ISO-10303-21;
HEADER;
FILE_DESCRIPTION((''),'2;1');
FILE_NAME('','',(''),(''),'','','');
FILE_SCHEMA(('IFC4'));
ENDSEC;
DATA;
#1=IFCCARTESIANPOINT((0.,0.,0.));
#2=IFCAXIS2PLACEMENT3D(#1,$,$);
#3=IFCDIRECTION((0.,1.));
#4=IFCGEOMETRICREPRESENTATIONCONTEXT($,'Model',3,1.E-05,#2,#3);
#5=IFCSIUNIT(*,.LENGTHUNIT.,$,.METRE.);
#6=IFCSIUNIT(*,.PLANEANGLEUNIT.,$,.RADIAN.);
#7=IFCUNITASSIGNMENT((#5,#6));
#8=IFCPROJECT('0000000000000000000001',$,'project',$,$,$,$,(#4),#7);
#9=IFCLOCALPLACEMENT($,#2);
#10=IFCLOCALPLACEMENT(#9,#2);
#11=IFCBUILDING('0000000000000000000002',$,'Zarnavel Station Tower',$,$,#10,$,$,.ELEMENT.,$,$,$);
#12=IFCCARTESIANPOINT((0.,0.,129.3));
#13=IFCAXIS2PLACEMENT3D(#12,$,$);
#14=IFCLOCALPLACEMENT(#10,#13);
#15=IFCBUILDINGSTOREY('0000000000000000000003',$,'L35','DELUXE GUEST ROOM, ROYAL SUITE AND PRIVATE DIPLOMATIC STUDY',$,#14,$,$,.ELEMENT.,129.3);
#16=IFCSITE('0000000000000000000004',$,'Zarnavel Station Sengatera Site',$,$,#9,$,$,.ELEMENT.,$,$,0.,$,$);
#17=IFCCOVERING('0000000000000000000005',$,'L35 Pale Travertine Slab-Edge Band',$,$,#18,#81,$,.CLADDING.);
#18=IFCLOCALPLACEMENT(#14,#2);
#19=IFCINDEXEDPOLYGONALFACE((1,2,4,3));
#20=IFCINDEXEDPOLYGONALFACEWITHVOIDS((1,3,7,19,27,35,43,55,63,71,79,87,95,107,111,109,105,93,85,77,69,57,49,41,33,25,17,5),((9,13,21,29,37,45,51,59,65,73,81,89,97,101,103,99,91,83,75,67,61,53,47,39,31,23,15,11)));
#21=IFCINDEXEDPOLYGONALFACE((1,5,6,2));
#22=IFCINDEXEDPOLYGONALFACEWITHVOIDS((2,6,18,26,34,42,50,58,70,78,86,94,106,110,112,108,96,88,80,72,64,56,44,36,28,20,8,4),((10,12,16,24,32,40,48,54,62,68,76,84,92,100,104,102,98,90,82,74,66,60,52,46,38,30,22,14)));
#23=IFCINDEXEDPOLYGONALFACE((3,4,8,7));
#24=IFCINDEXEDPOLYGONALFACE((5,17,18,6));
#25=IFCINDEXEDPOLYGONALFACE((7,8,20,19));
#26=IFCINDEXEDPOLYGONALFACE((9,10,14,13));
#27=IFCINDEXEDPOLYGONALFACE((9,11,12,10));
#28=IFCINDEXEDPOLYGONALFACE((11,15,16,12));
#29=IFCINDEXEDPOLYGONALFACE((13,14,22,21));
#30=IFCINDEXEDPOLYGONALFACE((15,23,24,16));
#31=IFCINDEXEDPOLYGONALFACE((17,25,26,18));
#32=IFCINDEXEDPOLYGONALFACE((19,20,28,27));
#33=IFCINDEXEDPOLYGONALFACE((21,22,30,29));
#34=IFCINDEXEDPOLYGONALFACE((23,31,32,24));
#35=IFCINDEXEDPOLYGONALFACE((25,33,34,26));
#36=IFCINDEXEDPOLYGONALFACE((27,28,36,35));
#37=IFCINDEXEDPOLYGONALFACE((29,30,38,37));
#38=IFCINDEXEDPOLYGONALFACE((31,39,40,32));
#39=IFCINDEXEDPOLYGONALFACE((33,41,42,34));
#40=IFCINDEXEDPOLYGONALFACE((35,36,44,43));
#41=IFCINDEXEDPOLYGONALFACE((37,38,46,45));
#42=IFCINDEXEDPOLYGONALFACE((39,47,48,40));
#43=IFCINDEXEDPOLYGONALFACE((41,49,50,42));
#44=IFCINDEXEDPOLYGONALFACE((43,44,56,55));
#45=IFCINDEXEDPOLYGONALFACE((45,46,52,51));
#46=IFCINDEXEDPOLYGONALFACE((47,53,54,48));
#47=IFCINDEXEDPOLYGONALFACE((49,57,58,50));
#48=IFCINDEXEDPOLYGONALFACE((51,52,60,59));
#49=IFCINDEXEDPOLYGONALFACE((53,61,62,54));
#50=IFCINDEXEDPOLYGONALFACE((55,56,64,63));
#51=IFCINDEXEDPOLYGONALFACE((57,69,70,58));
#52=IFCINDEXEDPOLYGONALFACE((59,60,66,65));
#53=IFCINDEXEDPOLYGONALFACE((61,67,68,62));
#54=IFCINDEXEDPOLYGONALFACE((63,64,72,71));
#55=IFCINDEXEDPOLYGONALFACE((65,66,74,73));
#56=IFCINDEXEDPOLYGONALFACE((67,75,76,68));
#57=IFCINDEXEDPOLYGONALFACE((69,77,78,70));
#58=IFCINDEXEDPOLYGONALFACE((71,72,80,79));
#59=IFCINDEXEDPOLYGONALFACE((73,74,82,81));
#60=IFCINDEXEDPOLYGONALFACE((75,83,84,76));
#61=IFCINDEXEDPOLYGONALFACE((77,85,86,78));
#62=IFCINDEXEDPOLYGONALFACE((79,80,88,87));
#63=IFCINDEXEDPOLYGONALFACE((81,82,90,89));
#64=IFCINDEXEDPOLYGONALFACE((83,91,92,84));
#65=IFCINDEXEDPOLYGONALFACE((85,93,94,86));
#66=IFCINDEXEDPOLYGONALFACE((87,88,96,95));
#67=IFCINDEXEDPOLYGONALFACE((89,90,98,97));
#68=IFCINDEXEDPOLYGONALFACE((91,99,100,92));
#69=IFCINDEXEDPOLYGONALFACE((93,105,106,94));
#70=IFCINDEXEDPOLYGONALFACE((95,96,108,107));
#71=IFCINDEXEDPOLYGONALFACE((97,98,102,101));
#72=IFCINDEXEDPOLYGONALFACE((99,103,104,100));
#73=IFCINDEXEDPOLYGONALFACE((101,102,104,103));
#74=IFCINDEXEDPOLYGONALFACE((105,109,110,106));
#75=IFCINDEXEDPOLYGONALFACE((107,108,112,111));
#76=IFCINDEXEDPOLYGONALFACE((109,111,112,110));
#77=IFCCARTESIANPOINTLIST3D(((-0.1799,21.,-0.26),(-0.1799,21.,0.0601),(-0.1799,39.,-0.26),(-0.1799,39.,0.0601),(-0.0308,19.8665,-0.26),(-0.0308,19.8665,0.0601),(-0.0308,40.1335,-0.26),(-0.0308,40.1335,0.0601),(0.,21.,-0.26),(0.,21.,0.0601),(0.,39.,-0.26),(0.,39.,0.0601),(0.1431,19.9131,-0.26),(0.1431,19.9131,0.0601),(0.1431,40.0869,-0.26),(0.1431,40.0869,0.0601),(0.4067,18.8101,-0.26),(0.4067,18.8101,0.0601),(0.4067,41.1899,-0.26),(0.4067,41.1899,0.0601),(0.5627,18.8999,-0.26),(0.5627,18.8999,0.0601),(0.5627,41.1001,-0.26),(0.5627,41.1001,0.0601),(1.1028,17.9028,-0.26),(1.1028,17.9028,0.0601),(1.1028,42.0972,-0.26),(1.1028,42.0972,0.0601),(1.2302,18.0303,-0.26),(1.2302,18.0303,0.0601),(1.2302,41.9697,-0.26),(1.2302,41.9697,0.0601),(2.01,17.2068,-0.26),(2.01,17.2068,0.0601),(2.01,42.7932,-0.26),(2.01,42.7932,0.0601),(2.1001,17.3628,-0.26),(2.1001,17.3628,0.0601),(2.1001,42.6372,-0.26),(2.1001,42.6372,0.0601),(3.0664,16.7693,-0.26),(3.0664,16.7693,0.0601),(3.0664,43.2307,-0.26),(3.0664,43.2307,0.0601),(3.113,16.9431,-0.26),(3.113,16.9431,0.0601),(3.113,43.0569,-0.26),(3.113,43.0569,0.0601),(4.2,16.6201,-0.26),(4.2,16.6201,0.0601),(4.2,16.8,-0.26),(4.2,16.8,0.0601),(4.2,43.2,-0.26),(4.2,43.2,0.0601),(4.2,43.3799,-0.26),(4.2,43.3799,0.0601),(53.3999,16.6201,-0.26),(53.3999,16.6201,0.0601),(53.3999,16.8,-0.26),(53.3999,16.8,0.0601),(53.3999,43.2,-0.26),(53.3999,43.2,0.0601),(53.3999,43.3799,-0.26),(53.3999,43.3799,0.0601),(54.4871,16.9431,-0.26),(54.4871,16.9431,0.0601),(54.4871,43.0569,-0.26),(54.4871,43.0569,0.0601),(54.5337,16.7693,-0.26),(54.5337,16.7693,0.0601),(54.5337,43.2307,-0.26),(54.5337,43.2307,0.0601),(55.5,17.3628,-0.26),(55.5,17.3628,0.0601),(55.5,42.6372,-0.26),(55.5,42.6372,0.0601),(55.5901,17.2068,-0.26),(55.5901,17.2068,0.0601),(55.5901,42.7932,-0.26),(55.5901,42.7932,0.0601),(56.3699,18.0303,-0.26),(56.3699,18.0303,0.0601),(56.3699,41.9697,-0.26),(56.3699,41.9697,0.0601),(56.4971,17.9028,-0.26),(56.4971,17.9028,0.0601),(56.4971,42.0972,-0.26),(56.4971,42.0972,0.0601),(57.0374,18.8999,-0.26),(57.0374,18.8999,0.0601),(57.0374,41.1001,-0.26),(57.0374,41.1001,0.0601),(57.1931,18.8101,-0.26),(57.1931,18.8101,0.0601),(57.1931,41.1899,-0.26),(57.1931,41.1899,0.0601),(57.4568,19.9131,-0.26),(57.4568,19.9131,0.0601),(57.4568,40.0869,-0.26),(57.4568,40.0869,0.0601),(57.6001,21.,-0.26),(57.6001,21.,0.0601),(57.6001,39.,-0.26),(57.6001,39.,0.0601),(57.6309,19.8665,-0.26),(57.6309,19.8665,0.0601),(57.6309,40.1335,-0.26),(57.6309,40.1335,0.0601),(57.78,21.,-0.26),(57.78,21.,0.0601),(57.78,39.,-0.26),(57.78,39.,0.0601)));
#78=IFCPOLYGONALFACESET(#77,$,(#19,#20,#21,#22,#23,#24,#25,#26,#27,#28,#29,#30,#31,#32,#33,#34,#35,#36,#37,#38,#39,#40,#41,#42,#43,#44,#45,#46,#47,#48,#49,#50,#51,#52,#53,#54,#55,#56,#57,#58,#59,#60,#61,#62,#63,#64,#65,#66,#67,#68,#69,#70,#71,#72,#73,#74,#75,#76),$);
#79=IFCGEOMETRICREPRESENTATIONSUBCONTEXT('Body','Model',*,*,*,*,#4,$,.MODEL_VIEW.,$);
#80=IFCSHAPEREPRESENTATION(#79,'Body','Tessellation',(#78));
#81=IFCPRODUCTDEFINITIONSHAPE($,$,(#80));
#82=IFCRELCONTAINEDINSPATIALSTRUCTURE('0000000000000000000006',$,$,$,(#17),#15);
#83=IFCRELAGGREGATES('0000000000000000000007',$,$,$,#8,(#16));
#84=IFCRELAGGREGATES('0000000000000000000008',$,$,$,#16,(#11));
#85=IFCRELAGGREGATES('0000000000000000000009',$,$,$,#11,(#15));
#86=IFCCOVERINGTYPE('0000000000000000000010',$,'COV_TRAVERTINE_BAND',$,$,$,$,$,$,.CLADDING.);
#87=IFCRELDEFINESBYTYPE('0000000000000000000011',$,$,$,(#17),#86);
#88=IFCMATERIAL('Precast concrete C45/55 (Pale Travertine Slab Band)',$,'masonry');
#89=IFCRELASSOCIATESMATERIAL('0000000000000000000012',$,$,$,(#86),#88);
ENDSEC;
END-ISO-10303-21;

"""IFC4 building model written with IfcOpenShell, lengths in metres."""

from ifc_helpers import new_model, si_unit, direction, frame, origin, place, context, subcontext, project, spatial, polyline, outline, extrude, material, type_object, element, save


model = new_model("IFC4")

# Units and contexts
model_context = context("Model", 3, precision=1e-05, world=origin(), true_north=direction((0.0, 1.0)))
body_context = subcontext(model_context, "Body", "Model", "MODEL_VIEW")
ifc_project = project(units=[si_unit("LENGTHUNIT", "METRE"), si_unit("PLANEANGLEUNIT", "RADIAN")], contexts=[model_context])

# Site, building, storey
site_placement = place(None, origin())
site = spatial("IfcSite", under=ifc_project, at=site_placement, Name="Zarnavel Station Sengatera Site", CompositionType="ELEMENT", RefElevation=0.0)
building_placement = place(site_placement, origin())
building = spatial("IfcBuilding", under=site, at=building_placement, Name="Zarnavel Station Tower", CompositionType="ELEMENT")
storey_placement = place(building_placement, frame((0.0, 0.0, 129.3)))
storey = spatial("IfcBuildingStorey", under=building, at=storey_placement, Name="L35", Description="DELUXE GUEST ROOM, ROYAL SUITE AND PRIVATE DIPLOMATIC STUDY", CompositionType="ELEMENT", Elevation=129.3)

# Covering
ifc_material_1 = material(Name="Precast concrete C45/55 (Pale Travertine Slab Band)", Category="masonry")
covering_type_1 = type_object("IfcCoveringType", Name="COV_TRAVERTINE_BAND", PredefinedType="CLADDING", material=ifc_material_1)
covering_1_placement = place(storey_placement, frame((0.0, 0.0, -0.26)))
element("IfcCovering", 1, at=covering_1_placement, inside=storey, type_object=covering_type_1, Name="L35 Pale Travertine Slab-Edge Band", PredefinedType="CLADDING", context=body_context, shape_type="SweptSolid", body=[
    extrude(outline(polyline([(53.3999, 16.6201), (54.5337, 16.7693), (55.5901, 17.2068), (56.4971, 17.9028), (57.1931, 18.8101), (57.6309, 19.8665), (57.78, 21.0), (57.78, 39.0), (57.6309, 40.1335), (57.1931, 41.1899), (56.4971, 42.0972), (55.5901, 42.7932), (54.5337, 43.2307), (53.3999, 43.3799), (4.2, 43.3799), (3.0664, 43.2307), (2.01, 42.7932), (1.1028, 42.0972), (0.4067, 41.1899), (-0.0308, 40.1335), (-0.1799, 39.0), (-0.1799, 21.0), (-0.0308, 19.8665), (0.4067, 18.8101), (1.1028, 17.9028), (2.01, 17.2068), (3.0664, 16.7693), (4.2, 16.6201), (53.3999, 16.6201)]), holes=[polyline([(53.3999, 16.8), (54.4871, 16.9431), (55.5, 17.3628), (56.3699, 18.0303), (57.0374, 18.8999), (57.4568, 19.9131), (57.6001, 21.0), (57.6001, 39.0), (57.4568, 40.0869), (57.0374, 41.1001), (56.3699, 41.9697), (55.5, 42.6372), (54.4871, 43.0569), (53.3999, 43.2), (4.2, 43.2), (3.113, 43.0569), (2.1001, 42.6372), (1.2302, 41.9697), (0.5627, 41.1001), (0.1431, 40.0869), (0.0, 39.0), (0.0, 21.0), (0.1431, 19.9131), (0.5627, 18.8999), (1.2302, 18.0303), (2.1001, 17.3628), (3.113, 16.9431), (4.2, 16.8), (53.3999, 16.8)])]), origin(), (0.0, 0.0, 1.0), 0.3201),
])

save(model, "model.ifc")
